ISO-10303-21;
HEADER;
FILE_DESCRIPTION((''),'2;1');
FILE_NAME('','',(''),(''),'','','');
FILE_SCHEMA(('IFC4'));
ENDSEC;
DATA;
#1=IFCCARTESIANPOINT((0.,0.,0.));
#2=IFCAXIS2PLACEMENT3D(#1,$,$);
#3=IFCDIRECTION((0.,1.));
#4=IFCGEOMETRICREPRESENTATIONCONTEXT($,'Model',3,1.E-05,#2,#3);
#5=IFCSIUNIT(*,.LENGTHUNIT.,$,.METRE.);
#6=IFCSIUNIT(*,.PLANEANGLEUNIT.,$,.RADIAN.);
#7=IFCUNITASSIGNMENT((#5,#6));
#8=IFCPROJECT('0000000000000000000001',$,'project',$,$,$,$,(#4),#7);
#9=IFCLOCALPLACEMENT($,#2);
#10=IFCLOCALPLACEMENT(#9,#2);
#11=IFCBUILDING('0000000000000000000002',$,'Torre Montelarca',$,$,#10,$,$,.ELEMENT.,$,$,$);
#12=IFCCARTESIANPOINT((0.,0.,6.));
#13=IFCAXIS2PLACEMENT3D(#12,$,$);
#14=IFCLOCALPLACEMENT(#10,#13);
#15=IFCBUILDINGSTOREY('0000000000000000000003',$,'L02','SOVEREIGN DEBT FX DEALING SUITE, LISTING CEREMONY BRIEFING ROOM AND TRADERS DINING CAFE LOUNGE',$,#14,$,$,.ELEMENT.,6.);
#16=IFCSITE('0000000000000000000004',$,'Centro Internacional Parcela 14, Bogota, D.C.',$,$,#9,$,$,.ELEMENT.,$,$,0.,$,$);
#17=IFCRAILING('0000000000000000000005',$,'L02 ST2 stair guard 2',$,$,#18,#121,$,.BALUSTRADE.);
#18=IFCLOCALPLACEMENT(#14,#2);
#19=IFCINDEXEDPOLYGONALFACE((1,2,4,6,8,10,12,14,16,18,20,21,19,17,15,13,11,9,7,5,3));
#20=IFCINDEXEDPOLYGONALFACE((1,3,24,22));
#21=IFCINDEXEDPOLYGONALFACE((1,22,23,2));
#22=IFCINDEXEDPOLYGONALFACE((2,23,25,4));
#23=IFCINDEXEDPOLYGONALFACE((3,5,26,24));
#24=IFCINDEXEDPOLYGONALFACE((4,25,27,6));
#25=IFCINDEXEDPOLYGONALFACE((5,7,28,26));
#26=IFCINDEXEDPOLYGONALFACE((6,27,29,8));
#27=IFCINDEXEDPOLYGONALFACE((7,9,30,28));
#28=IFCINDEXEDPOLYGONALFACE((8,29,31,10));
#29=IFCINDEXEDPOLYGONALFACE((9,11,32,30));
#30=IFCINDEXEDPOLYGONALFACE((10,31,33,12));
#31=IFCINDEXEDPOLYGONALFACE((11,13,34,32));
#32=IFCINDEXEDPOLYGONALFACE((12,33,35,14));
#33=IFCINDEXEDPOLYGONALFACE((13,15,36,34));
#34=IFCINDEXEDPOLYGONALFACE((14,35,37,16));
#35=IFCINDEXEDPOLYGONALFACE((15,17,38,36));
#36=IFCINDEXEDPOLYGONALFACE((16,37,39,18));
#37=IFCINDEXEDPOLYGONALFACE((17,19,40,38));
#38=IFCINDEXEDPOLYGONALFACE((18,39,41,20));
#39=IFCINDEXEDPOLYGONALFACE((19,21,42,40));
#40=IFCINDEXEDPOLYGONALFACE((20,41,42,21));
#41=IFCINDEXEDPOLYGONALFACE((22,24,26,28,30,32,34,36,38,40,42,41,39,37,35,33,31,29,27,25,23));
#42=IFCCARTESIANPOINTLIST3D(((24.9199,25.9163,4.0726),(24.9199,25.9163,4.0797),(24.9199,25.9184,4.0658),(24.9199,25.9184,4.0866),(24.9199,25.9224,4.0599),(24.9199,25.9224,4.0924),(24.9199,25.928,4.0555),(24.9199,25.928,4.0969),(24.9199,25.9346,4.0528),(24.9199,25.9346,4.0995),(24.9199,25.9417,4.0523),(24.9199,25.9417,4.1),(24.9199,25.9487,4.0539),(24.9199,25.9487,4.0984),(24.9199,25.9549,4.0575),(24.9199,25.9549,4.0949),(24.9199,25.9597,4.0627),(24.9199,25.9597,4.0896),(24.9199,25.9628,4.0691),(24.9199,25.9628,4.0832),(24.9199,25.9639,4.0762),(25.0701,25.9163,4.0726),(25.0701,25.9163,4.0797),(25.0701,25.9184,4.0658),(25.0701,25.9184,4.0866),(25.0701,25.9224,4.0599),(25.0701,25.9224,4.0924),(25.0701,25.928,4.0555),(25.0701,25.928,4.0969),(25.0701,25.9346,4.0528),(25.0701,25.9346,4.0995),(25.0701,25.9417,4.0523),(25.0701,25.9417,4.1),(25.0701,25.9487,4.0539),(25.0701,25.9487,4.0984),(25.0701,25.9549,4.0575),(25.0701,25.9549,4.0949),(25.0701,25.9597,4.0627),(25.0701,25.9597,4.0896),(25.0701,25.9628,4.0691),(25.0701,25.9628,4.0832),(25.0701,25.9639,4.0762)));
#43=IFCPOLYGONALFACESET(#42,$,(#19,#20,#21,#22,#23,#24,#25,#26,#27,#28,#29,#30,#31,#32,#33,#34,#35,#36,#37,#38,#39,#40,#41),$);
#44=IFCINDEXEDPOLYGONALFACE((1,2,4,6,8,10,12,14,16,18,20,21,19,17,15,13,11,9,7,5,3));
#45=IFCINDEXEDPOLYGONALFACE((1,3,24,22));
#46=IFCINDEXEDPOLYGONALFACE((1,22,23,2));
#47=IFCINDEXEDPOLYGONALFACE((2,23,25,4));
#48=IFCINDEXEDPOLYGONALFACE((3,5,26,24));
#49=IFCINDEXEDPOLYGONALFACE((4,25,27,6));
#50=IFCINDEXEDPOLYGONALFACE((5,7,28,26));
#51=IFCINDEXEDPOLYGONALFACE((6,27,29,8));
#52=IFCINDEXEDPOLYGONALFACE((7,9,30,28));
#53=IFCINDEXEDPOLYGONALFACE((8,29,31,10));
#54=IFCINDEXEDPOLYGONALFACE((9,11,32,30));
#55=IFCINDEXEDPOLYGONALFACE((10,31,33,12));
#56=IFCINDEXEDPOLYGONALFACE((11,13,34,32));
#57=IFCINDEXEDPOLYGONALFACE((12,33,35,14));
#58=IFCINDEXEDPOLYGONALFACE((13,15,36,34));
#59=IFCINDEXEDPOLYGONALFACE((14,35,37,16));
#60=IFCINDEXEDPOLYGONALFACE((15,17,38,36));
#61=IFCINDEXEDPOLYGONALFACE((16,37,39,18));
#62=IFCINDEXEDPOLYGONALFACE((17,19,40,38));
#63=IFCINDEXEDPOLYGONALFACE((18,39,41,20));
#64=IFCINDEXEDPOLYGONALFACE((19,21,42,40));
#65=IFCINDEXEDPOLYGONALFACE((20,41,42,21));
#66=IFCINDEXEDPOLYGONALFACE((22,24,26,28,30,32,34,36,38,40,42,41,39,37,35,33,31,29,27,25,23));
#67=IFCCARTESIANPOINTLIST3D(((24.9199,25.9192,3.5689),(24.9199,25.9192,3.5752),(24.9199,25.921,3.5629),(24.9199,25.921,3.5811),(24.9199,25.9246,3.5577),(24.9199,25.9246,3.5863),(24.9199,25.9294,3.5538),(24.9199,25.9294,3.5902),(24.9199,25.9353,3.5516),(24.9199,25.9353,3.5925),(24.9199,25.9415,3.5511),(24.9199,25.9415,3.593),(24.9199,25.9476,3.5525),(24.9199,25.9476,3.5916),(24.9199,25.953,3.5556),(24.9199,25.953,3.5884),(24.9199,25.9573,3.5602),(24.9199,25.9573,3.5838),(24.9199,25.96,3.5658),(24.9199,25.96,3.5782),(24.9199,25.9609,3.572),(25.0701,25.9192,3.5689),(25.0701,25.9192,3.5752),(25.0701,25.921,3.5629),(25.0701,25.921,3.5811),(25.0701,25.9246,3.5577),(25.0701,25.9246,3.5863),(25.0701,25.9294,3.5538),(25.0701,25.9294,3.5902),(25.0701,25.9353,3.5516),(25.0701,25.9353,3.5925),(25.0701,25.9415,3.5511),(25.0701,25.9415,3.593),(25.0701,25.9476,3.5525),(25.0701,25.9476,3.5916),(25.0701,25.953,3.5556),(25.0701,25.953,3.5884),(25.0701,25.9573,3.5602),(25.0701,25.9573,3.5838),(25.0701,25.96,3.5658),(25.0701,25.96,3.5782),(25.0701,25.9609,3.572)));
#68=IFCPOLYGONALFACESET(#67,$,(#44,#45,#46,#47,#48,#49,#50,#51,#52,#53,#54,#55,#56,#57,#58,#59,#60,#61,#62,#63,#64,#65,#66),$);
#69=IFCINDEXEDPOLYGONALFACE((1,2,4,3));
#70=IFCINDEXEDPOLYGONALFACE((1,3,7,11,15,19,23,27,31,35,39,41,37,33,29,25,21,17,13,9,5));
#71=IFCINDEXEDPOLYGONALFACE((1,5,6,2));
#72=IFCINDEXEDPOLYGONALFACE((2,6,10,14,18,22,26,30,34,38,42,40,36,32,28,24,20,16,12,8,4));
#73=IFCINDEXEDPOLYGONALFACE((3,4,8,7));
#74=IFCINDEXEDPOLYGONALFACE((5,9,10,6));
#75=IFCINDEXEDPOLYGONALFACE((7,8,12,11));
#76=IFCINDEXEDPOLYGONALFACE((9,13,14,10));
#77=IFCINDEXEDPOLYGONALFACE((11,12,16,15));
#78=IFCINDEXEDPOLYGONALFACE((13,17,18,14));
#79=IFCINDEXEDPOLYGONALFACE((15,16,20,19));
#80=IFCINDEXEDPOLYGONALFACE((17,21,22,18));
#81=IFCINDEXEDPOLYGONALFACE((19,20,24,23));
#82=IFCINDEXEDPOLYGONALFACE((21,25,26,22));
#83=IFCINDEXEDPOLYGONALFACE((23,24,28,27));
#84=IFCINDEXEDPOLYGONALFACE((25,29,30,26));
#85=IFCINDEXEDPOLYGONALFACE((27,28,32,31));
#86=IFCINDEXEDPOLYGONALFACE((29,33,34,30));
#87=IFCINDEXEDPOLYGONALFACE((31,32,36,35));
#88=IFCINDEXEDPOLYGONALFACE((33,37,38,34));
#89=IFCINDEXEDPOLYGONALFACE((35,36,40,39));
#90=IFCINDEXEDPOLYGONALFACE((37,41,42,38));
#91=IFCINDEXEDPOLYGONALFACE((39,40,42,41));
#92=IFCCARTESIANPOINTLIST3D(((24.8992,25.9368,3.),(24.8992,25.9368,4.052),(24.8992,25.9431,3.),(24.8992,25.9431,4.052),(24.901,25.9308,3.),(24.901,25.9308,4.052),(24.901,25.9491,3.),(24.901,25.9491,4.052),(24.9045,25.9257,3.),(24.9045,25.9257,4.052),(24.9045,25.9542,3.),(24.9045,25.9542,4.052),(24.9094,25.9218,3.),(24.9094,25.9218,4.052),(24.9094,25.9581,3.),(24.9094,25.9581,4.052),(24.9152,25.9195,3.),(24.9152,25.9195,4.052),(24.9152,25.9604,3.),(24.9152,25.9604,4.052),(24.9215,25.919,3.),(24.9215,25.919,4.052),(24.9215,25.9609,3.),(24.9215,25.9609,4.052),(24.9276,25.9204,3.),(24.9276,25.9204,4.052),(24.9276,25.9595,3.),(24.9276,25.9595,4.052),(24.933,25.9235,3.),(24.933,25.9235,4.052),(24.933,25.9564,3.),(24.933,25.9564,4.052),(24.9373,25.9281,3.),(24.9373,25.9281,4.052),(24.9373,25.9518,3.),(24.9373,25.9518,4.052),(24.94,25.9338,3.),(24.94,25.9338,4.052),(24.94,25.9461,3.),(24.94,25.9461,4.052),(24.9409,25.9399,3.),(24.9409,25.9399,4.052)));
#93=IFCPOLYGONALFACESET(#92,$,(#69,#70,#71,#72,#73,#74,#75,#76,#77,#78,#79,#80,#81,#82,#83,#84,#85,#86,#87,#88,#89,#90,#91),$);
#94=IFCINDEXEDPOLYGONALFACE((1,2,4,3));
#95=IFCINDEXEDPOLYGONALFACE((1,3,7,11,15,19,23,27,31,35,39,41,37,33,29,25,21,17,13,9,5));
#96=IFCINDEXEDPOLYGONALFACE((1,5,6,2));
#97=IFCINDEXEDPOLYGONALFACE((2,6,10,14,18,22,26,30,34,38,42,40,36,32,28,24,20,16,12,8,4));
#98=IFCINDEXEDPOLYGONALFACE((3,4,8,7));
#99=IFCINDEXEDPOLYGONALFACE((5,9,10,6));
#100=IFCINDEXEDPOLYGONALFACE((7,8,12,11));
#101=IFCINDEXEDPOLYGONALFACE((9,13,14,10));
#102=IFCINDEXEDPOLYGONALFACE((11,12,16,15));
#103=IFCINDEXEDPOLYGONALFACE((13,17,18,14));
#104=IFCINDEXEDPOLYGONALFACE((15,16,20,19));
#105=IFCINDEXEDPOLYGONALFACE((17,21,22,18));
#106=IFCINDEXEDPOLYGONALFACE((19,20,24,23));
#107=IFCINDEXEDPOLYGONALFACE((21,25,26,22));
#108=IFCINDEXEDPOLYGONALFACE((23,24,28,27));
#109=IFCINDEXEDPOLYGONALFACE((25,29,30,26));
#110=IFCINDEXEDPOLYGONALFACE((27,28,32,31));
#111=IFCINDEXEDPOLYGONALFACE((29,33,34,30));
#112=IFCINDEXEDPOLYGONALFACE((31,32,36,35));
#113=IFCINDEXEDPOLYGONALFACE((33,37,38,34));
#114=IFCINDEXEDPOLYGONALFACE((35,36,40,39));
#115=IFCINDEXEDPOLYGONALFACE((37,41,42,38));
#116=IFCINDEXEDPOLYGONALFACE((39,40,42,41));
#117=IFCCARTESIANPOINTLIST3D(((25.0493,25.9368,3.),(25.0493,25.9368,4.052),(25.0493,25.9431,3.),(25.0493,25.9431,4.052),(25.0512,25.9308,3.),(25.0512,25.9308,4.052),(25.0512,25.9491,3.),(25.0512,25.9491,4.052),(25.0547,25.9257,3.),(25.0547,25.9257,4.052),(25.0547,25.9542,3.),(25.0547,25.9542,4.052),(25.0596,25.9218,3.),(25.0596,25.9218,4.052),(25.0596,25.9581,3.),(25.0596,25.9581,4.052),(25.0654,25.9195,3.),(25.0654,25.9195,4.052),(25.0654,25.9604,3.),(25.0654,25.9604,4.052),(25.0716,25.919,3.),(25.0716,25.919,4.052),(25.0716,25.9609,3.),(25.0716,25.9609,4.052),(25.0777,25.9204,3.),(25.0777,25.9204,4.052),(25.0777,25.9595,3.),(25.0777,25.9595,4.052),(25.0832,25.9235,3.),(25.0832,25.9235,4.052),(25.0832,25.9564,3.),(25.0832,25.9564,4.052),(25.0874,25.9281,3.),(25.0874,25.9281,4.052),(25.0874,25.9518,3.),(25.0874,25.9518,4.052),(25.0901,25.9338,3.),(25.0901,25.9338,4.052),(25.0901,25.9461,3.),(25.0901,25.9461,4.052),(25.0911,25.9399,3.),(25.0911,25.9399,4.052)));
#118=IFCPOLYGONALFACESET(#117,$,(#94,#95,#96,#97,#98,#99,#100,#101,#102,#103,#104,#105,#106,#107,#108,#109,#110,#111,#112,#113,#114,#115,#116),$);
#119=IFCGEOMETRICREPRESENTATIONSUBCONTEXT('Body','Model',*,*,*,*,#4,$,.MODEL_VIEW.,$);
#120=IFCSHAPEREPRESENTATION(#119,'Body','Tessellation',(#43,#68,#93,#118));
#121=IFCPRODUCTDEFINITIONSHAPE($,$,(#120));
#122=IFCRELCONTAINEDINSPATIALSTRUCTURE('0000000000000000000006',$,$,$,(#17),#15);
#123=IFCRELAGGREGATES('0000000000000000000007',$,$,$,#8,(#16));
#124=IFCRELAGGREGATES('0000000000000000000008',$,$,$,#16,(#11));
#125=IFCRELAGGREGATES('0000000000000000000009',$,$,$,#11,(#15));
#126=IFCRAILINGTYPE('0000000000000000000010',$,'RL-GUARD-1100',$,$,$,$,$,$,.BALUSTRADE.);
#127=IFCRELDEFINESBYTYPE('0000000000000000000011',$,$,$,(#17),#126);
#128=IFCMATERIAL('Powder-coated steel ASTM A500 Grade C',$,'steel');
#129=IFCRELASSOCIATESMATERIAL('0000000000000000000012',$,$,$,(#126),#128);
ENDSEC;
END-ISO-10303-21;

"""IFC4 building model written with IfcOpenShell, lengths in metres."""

from ifc_helpers import new_model, si_unit, direction, frame, origin, origin_2d, place, context, subcontext, project, spatial, circle, extrude, material, type_object, element, save


model = new_model("IFC4")

# Units and contexts
model_context = context("Model", 3, precision=1e-05, world=origin(), true_north=direction((0.0, 1.0)))
body_context = subcontext(model_context, "Body", "Model", "MODEL_VIEW")
ifc_project = project(units=[si_unit("LENGTHUNIT", "METRE"), si_unit("PLANEANGLEUNIT", "RADIAN")], contexts=[model_context])

# Site, building, storey
site_placement = place(None, origin())
site = spatial("IfcSite", under=ifc_project, at=site_placement, Name="Centro Internacional Parcela 14, Bogota, D.C.", CompositionType="ELEMENT", RefElevation=0.0)
building_placement = place(site_placement, origin())
building = spatial("IfcBuilding", under=site, at=building_placement, Name="Torre Montelarca", CompositionType="ELEMENT")
storey_placement = place(building_placement, frame((0.0, 0.0, 6.0)))
storey = spatial("IfcBuildingStorey", under=building, at=storey_placement, Name="L02", Description="SOVEREIGN DEBT FX DEALING SUITE, LISTING CEREMONY BRIEFING ROOM AND TRADERS DINING CAFE LOUNGE", CompositionType="ELEMENT", Elevation=6.0)

# Railing
ifc_material_1 = material(Name="Powder-coated steel ASTM A500 Grade C", Category="steel")
railing_type_1 = type_object("IfcRailingType", Name="RL-GUARD-1100", PredefinedType="BALUSTRADE", material=ifc_material_1)
railing_1_placement = place(storey_placement, frame((24.9199, 25.9399, 3.0)))
element("IfcRailing", 1, at=railing_1_placement, inside=storey, type_object=railing_type_1, Name="L02 ST2 stair guard 2", PredefinedType="BALUSTRADE", context=body_context, shape_type="SweptSolid", body=[
    extrude(circle(Radius=0.0239, at=origin_2d()), frame((0.0, 0.0, 1.0762), z_axis=(1.0, 0.0, 0.0), x_axis=(0.0, 1.0, 0.0)), (0.0, 0.0, 1.0), 0.1501),
    extrude(circle(Radius=0.021, at=origin_2d()), frame((0.0, 0.0, 0.572), z_axis=(1.0, 0.0, 0.0), x_axis=(0.0, 1.0, 0.0)), (0.0, 0.0, 1.0), 0.1501),
    extrude(circle(Radius=0.021, at=origin_2d()), origin(), (0.0, 0.0, 1.0), 1.052),
    extrude(circle(Radius=0.021, at=origin_2d()), frame((0.1501, 0.0, 0.0)), (0.0, 0.0, 1.0), 1.052),
])

save(model, "model.ifc")
